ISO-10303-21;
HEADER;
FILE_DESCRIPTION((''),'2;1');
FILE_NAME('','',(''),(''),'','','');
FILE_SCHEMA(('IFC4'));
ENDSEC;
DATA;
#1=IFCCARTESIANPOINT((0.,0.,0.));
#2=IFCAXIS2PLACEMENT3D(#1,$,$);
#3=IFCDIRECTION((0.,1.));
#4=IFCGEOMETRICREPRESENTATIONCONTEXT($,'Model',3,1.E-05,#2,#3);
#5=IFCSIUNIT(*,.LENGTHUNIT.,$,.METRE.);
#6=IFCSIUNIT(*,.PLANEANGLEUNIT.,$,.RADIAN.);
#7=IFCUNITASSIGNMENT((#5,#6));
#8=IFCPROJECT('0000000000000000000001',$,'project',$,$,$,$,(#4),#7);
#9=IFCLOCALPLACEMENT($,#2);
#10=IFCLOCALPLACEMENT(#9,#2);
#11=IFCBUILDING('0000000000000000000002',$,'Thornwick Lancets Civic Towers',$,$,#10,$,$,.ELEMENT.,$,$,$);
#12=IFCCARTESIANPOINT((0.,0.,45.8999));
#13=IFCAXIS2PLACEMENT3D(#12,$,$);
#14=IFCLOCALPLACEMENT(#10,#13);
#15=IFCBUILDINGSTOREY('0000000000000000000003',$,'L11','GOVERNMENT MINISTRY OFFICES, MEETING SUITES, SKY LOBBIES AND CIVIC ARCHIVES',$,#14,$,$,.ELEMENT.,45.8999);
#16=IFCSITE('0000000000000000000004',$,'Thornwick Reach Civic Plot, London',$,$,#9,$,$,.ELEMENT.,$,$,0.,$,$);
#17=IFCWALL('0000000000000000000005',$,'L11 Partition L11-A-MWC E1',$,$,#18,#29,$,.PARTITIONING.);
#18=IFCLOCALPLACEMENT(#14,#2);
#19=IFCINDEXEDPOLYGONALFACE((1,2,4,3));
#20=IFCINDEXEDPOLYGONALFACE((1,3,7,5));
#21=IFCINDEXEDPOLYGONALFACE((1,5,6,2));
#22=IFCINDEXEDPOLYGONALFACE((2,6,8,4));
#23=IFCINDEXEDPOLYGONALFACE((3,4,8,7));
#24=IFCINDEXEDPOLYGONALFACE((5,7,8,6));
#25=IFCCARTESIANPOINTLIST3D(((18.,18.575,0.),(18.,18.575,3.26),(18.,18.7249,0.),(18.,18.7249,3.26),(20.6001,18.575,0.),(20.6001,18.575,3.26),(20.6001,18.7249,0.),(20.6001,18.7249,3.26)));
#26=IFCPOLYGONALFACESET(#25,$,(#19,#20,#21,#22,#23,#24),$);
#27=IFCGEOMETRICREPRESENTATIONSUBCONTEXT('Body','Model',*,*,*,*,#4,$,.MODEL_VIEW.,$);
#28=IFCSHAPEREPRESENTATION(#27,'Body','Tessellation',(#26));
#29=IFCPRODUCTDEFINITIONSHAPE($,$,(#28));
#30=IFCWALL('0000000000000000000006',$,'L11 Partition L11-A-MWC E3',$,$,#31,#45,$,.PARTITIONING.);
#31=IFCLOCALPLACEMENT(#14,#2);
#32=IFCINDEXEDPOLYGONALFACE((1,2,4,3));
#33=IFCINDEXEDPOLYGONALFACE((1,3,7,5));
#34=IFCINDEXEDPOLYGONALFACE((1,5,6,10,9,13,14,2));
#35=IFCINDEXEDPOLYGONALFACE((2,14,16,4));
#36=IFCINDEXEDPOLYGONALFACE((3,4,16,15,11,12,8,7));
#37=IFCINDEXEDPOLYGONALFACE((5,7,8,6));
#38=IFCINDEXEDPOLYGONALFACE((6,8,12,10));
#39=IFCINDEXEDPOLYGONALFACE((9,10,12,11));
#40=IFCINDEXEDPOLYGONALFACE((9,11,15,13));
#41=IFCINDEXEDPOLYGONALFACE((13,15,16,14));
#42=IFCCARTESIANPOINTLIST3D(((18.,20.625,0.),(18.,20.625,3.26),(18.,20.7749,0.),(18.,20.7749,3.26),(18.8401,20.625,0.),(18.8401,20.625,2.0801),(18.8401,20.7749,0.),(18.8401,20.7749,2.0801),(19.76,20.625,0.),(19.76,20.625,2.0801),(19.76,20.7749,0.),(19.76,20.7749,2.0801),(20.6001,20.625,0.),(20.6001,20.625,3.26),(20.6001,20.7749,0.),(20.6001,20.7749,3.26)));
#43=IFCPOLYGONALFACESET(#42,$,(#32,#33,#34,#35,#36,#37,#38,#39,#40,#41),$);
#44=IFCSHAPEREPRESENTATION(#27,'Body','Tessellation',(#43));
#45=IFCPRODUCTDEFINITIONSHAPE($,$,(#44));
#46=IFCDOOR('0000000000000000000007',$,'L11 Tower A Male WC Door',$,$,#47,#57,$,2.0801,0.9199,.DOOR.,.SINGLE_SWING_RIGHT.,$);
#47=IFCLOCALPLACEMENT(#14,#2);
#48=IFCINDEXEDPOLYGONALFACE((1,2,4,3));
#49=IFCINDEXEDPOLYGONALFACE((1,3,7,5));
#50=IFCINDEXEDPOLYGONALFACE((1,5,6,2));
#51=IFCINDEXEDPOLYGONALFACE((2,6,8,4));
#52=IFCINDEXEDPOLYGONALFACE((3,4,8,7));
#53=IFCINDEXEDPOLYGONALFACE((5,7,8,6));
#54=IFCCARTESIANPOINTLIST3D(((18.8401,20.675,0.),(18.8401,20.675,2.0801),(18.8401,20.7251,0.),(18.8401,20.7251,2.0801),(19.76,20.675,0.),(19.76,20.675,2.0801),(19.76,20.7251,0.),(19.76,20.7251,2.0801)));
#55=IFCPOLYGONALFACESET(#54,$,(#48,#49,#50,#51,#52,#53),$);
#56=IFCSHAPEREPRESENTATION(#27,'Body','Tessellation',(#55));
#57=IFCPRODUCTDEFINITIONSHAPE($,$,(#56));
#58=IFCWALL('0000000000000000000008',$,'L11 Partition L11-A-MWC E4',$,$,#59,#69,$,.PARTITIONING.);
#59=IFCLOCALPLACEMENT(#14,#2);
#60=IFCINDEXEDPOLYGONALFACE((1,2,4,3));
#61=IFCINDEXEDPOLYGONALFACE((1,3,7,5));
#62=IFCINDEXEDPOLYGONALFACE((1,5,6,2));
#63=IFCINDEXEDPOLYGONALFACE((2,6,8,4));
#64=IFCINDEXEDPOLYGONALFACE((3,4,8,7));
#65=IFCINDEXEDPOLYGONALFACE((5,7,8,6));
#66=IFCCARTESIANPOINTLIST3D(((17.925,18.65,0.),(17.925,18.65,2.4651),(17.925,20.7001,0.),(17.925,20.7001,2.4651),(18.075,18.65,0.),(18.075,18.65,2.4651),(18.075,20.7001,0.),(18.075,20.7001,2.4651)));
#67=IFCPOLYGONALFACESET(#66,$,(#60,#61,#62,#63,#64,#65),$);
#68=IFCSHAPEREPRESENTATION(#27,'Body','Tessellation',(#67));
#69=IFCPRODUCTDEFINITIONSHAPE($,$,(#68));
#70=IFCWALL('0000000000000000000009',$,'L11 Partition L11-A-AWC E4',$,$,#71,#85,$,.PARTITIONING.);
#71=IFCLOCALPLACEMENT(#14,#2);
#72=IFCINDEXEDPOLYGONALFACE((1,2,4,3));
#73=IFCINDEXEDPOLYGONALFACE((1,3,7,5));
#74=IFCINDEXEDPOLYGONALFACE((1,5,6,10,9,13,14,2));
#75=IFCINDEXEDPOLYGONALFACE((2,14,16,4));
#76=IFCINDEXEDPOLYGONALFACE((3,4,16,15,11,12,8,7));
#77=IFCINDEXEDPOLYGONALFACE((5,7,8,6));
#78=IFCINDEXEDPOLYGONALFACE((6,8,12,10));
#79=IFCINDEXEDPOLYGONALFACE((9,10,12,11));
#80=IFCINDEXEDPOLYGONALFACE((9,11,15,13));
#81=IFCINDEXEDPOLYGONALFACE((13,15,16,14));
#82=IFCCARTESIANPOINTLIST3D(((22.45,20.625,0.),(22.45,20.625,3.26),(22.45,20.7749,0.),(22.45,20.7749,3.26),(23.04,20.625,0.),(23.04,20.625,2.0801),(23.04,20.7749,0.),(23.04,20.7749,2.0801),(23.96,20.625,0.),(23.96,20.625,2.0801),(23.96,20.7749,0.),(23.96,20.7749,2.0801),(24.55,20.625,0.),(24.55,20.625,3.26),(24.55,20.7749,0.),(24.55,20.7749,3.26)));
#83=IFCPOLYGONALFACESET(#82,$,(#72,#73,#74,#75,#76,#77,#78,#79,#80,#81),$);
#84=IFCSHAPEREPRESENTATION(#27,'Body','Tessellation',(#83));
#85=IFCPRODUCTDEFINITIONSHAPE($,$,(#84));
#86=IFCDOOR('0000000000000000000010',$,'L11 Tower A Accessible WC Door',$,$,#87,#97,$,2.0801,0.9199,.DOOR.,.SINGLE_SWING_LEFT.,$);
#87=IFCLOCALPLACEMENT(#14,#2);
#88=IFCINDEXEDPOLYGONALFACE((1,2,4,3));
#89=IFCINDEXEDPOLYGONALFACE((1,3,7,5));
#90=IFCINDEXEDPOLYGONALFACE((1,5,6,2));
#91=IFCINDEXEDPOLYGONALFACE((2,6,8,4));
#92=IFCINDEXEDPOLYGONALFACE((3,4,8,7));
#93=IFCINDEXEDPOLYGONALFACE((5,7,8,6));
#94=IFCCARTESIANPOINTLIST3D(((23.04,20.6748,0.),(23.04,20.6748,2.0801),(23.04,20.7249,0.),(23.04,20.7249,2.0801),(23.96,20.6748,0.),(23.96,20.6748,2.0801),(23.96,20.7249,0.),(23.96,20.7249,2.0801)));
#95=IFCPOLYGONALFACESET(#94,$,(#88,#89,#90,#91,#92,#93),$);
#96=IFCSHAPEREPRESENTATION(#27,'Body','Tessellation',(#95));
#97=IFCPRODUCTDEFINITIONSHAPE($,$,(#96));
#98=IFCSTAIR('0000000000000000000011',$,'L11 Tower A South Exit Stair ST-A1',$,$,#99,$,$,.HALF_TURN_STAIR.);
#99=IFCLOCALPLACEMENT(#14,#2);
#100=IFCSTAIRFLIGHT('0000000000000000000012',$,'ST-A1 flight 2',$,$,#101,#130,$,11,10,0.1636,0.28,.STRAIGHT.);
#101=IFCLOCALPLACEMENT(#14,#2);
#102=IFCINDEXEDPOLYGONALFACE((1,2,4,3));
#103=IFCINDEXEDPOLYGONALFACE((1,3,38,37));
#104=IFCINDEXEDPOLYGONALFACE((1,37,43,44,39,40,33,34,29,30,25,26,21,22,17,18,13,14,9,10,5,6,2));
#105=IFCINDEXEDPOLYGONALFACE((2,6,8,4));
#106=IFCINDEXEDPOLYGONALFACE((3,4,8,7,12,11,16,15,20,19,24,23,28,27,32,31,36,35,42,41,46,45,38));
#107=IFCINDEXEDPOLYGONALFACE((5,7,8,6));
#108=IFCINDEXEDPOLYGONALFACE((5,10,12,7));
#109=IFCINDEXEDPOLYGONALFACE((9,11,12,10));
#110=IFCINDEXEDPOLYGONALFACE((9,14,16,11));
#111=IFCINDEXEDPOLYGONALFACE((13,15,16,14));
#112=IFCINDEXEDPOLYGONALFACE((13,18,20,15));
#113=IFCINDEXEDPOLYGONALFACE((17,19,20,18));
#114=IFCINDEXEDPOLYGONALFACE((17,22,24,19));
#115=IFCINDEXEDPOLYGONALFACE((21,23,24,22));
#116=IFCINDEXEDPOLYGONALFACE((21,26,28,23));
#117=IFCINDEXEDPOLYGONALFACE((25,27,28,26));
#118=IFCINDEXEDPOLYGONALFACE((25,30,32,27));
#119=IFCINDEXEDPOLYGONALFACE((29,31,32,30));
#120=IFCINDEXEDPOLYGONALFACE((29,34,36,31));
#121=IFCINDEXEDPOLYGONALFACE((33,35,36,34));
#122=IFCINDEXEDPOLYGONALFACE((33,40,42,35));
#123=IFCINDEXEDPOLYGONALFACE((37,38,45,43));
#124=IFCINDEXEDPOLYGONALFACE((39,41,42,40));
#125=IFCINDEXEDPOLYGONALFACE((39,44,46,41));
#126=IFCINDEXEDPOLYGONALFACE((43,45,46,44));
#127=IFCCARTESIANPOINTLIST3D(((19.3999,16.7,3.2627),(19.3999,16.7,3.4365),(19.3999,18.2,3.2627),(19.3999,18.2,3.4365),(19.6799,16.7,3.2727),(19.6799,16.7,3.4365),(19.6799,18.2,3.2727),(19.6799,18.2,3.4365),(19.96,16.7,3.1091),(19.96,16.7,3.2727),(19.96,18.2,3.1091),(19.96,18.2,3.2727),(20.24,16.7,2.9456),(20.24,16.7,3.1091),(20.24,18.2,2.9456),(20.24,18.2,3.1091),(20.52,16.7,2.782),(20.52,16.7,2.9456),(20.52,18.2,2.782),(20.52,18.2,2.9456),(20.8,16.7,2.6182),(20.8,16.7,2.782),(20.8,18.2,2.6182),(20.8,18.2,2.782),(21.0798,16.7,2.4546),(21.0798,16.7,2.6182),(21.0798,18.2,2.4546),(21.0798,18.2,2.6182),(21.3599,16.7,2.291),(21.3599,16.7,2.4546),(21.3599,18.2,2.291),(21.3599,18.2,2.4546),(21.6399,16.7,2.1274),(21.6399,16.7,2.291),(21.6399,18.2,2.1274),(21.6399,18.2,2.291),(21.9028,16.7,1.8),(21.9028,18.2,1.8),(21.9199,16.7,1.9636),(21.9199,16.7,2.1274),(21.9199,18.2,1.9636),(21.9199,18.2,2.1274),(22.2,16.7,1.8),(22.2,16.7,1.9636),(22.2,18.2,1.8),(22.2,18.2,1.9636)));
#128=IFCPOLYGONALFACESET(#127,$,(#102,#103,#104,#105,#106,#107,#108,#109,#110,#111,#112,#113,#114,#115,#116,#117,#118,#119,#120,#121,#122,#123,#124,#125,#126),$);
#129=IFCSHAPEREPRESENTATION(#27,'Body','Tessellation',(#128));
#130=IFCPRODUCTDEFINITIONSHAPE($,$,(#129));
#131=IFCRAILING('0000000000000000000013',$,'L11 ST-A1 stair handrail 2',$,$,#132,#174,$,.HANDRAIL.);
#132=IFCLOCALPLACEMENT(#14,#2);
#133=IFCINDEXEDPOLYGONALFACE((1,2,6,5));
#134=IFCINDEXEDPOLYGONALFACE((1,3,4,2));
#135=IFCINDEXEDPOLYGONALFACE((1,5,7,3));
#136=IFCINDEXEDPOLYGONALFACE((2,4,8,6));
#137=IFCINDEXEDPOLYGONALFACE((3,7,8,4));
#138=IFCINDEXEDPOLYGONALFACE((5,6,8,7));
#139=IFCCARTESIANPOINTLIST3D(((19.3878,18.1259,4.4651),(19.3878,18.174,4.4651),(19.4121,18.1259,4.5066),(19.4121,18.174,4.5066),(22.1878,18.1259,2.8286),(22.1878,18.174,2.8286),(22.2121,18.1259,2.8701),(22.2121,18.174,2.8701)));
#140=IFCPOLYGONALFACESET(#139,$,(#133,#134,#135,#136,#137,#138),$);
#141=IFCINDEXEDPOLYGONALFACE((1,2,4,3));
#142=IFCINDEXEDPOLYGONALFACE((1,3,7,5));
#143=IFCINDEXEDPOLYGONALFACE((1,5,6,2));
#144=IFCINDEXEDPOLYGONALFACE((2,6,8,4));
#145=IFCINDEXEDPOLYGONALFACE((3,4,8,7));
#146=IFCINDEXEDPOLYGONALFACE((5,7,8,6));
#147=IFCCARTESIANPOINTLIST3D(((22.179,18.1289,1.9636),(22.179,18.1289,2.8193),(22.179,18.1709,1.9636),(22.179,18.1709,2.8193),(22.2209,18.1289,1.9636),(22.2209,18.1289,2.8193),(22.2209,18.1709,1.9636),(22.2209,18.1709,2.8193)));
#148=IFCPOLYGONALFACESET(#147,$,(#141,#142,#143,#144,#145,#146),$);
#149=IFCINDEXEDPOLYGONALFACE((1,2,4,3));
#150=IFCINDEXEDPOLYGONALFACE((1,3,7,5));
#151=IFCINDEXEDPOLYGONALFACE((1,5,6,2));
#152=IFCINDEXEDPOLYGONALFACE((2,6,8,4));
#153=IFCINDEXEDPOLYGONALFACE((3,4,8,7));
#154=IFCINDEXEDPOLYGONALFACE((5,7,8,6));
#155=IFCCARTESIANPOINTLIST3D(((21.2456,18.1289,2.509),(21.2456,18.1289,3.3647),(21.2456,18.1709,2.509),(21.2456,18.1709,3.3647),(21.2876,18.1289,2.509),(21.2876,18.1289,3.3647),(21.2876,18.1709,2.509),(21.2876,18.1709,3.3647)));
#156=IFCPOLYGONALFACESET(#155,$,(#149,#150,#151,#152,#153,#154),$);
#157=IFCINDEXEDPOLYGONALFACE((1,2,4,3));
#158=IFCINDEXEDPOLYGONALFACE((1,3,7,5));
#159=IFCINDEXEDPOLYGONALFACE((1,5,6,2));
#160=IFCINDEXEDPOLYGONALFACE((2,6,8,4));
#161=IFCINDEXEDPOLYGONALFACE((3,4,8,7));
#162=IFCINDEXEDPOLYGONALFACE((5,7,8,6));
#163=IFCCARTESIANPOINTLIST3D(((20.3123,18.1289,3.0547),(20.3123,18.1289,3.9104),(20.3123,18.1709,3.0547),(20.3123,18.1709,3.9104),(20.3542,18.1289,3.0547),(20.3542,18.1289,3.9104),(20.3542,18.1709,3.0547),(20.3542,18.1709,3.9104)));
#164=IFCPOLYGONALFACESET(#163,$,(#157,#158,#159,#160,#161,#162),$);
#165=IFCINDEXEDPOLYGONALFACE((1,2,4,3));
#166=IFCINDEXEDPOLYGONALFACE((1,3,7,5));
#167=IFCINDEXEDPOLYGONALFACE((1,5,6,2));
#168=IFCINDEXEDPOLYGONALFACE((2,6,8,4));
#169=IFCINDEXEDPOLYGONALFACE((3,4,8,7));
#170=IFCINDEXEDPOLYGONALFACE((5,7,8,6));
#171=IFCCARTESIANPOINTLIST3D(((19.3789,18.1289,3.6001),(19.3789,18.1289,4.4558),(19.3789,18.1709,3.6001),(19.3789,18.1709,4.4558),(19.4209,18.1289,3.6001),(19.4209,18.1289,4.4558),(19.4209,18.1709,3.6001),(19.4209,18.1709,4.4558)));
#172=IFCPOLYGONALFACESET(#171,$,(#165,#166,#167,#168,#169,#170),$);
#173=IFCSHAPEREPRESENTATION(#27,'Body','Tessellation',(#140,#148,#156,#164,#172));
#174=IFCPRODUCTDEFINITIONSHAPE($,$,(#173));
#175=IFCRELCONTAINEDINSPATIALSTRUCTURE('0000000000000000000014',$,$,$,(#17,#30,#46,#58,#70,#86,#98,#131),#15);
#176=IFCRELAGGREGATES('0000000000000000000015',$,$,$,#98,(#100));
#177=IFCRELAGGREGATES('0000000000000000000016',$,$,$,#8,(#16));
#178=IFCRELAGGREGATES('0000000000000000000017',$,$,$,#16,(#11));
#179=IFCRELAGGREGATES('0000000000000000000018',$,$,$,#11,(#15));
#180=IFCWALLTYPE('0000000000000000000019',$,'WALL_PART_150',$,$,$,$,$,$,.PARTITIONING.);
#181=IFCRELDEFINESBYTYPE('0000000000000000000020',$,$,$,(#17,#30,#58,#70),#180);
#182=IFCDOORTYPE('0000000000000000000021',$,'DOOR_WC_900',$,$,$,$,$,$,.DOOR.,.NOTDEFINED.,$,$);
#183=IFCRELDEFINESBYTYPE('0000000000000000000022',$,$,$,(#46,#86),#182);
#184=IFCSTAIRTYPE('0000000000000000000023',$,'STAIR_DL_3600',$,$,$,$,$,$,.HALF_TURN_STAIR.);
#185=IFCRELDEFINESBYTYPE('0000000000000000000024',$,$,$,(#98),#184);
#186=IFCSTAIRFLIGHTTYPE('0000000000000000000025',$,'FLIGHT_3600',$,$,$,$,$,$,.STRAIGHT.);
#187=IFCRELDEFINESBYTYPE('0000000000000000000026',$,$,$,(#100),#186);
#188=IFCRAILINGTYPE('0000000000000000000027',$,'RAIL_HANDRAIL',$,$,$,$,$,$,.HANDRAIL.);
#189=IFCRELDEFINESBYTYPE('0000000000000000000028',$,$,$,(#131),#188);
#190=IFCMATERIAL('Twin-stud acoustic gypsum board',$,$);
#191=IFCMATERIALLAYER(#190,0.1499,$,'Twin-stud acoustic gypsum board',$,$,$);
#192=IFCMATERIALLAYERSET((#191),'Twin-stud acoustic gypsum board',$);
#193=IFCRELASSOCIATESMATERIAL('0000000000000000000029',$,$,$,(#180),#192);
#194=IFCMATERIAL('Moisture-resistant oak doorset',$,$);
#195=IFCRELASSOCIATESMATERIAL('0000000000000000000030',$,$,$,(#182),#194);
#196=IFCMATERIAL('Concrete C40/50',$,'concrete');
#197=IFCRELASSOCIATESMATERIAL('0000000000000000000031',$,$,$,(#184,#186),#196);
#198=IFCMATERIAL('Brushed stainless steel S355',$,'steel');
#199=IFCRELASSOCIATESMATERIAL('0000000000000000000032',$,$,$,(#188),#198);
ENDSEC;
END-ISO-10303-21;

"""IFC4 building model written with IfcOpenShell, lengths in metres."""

from ifc_helpers import new_model, si_unit, direction, frame, frame_2d, origin, origin_2d, place, context, subcontext, project, spatial, polyline, rectangle, outline, extrude, material, layer, layer_set, type_object, element, fill, aggregate, save


model = new_model("IFC4")

# Units and contexts
model_context = context("Model", 3, precision=1e-05, world=origin(), true_north=direction((0.0, 1.0)))
body_context = subcontext(model_context, "Body", "Model", "MODEL_VIEW")
ifc_project = project(units=[si_unit("LENGTHUNIT", "METRE"), si_unit("PLANEANGLEUNIT", "RADIAN")], contexts=[model_context])

# Site, building, storey
site_placement = place(None, origin())
site = spatial("IfcSite", under=ifc_project, at=site_placement, Name="Thornwick Reach Civic Plot, London", CompositionType="ELEMENT", RefElevation=0.0)
building_placement = place(site_placement, origin())
building = spatial("IfcBuilding", under=site, at=building_placement, Name="Thornwick Lancets Civic Towers", CompositionType="ELEMENT")
storey_placement = place(building_placement, frame((0.0, 0.0, 45.8999)))
storey = spatial("IfcBuildingStorey", under=building, at=storey_placement, Name="L11", Description="GOVERNMENT MINISTRY OFFICES, MEETING SUITES, SKY LOBBIES AND CIVIC ARCHIVES", CompositionType="ELEMENT", Elevation=45.8999)

# Wall
ifc_material_1 = material(Name="Twin-stud acoustic gypsum board")
ifc_layer_1 = layer(ifc_material_1, 0.1499, Name="Twin-stud acoustic gypsum board")
ifc_layer_set_1 = layer_set([ifc_layer_1], Name="Twin-stud acoustic gypsum board")
wall_type_1 = type_object("IfcWallType", Name="WALL_PART_150", PredefinedType="PARTITIONING", material=ifc_layer_set_1)
wall_1_placement = place(storey_placement, frame((18.0, 18.6499, 0.0), z_axis=(0.0, 0.0, 1.0), x_axis=(1.0, 0.0, 0.0)))
element("IfcWall", 1, at=wall_1_placement, inside=storey, type_object=wall_type_1, Name="L11 Partition L11-A-MWC E1", PredefinedType="PARTITIONING", context=body_context, shape_type="SweptSolid", body=[
    extrude(rectangle(XDim=2.6001, YDim=0.1499, at=frame_2d((1.3, 0.0))), origin(), (0.0, 0.0, 1.0), 3.26),
])

# Wall, opening, door
wall_2_placement = place(storey_placement, frame((20.6001, 20.7, 0.0), z_axis=(0.0, 0.0, 1.0), x_axis=(-1.0, 0.0, 0.0)))
wall_2 = element("IfcWall", 2, at=wall_2_placement, inside=storey, type_object=wall_type_1, Name="L11 Partition L11-A-MWC E3", PredefinedType="PARTITIONING", context=body_context, shape_type="SweptSolid", body=[
    extrude(rectangle(XDim=2.6001, YDim=0.1499, at=frame_2d((1.3, 0.0))), origin(), (0.0, 0.0, 1.0), 3.26),
])
opening_1_placement = place(wall_2_placement, frame((0.8401, 0.0, 0.0)))
opening_1 = element("IfcOpeningElement", 3, at=opening_1_placement, cuts=wall_2, PredefinedType="OPENING", context=body_context, shape_type="SweptSolid", body=[
    extrude(rectangle(XDim=0.9199, YDim=2.0801, at=frame_2d((0.46, 1.04))), frame((0.0, 0.085, 0.0), z_axis=(0.0, -1.0, 0.0), x_axis=(1.0, 0.0, 0.0)), (0.0, 0.0, 1.0), 0.1699),
])
ifc_material_2 = material(Name="Moisture-resistant oak doorset")
door_type_1 = type_object("IfcDoorType", Name="DOOR_WC_900", OperationType="NOTDEFINED", PredefinedType="DOOR", material=ifc_material_2)
door_1_placement = place(opening_1_placement, origin())
door_1 = element("IfcDoor", 4, at=door_1_placement, inside=storey, type_object=door_type_1, Name="L11 Tower A Male WC Door", OperationType="SINGLE_SWING_RIGHT", OverallHeight=2.0801, OverallWidth=0.9199, PredefinedType="DOOR", context=body_context, shape_type="SweptSolid", body=[
    extrude(rectangle(XDim=0.9199, YDim=2.0801, at=frame_2d((0.46, 1.04))), frame((0.0, 0.0249, 0.0), z_axis=(0.0, -1.0, 0.0), x_axis=(1.0, 0.0, 0.0)), (0.0, 0.0, 1.0), 0.05),
])
fill(opening_1, door_1)

# Wall
wall_3_placement = place(storey_placement, frame((18.0, 20.7, 0.0), z_axis=(0.0, 0.0, 1.0), x_axis=(0.0, -1.0, 0.0)))
element("IfcWall", 5, at=wall_3_placement, inside=storey, type_object=wall_type_1, Name="L11 Partition L11-A-MWC E4", PredefinedType="PARTITIONING", context=body_context, shape_type="SweptSolid", body=[
    extrude(rectangle(XDim=2.05, YDim=0.1499, at=frame_2d((1.0249, 0.0))), origin(), (0.0, 0.0, 1.0), 2.4651),
])

# Wall, opening, door
wall_4_placement = place(storey_placement, frame((22.45, 20.7, 0.0), z_axis=(0.0, 0.0, 1.0), x_axis=(1.0, 0.0, 0.0)))
wall_4 = element("IfcWall", 6, at=wall_4_placement, inside=storey, type_object=wall_type_1, Name="L11 Partition L11-A-AWC E4", PredefinedType="PARTITIONING", context=body_context, shape_type="SweptSolid", body=[
    extrude(rectangle(XDim=2.1001, YDim=0.1499, at=frame_2d((1.05, 0.0))), origin(), (0.0, 0.0, 1.0), 3.26),
])
opening_2_placement = place(wall_4_placement, frame((0.5901, 0.0, 0.0)))
opening_2 = element("IfcOpeningElement", 7, at=opening_2_placement, cuts=wall_4, PredefinedType="OPENING", context=body_context, shape_type="SweptSolid", body=[
    extrude(rectangle(XDim=0.9199, YDim=2.0801, at=frame_2d((0.46, 1.04))), frame((0.0, 0.085, 0.0), z_axis=(0.0, -1.0, 0.0), x_axis=(1.0, 0.0, 0.0)), (0.0, 0.0, 1.0), 0.1699),
])
door_2_placement = place(opening_2_placement, origin())
door_2 = element("IfcDoor", 8, at=door_2_placement, inside=storey, type_object=door_type_1, Name="L11 Tower A Accessible WC Door", OperationType="SINGLE_SWING_LEFT", OverallHeight=2.0801, OverallWidth=0.9199, PredefinedType="DOOR", context=body_context, shape_type="SweptSolid", body=[
    extrude(rectangle(XDim=0.9199, YDim=2.0801, at=frame_2d((0.46, 1.04))), frame((0.0, 0.0249, 0.0), z_axis=(0.0, -1.0, 0.0), x_axis=(1.0, 0.0, 0.0)), (0.0, 0.0, 1.0), 0.05),
])
fill(opening_2, door_2)

# Stair, stair flight
ifc_material_3 = material(Name="Concrete C40/50", Category="concrete")
stair_type = type_object("IfcStairType", Name="STAIR_DL_3600", PredefinedType="HALF_TURN_STAIR", material=ifc_material_3)
stair_placement = place(storey_placement, origin())
stair = element("IfcStair", 9, at=stair_placement, inside=storey, type_object=stair_type, Name="L11 Tower A South Exit Stair ST-A1", PredefinedType="HALF_TURN_STAIR")
stair_flight_type = type_object("IfcStairFlightType", Name="FLIGHT_3600", PredefinedType="STRAIGHT", material=ifc_material_3)
stair_flight_placement = place(storey_placement, frame((22.2, 17.45, 1.8), z_axis=(0.0, 0.0, 1.0), x_axis=(-1.0, 0.0, 0.0)))
stair_flight = element("IfcStairFlight", 10, at=stair_flight_placement, type_object=stair_flight_type, Name="ST-A1 flight 2", NumberOfRisers=11, NumberOfTreads=10, PredefinedType="STRAIGHT", RiserHeight=0.1636, TreadLength=0.28, context=body_context, shape_type="SweptSolid", body=[
    extrude(outline(polyline([(0.0, 0.0), (0.0, 0.1636), (0.28, 0.1636), (0.28, 0.3274), (0.5601, 0.3274), (0.5601, 0.491), (0.8401, 0.491), (0.8401, 0.6545), (1.1201, 0.6545), (1.1201, 0.8181), (1.3999, 0.8181), (1.3999, 0.9819), (1.6799, 0.9819), (1.6799, 1.1455), (1.96, 1.1455), (1.96, 1.3091), (2.24, 1.3091), (2.24, 1.4727), (2.52, 1.4727), (2.52, 1.6365), (2.8, 1.6365), (2.8, 1.8), (2.8, 1.4626), (0.2971, 0.0), (0.0, 0.0)])), frame((0.0, 0.75, 0.0), z_axis=(0.0, -1.0, 0.0), x_axis=(1.0, 0.0, 0.0)), (0.0, 0.0, 1.0), 1.5),
])
aggregate(stair, [stair_flight])

# Railing
ifc_material_4 = material(Name="Brushed stainless steel S355", Category="steel")
railing_type_1 = type_object("IfcRailingType", Name="RAIL_HANDRAIL", PredefinedType="HANDRAIL", material=ifc_material_4)
railing_1_placement = place(storey_placement, frame((22.2, 18.1499, 1.9636)))
element("IfcRailing", 11, at=railing_1_placement, inside=storey, type_object=railing_type_1, Name="L11 ST-A1 stair handrail 2", PredefinedType="HANDRAIL", context=body_context, shape_type="SweptSolid", body=[
    extrude(rectangle(XDim=0.0481, YDim=0.0481, at=origin_2d()), frame((0.0, 0.0, 0.8857), z_axis=(-0.863361, 0.0, 0.504587), x_axis=(0.0, -1.0, 0.0)), (0.0, 0.0, 1.0), 3.2432),
    extrude(rectangle(XDim=0.042, YDim=0.042, at=origin_2d()), origin(), (0.0, 0.0, 1.0), 0.8557),
    extrude(rectangle(XDim=0.042, YDim=0.042, at=origin_2d()), frame((-0.9333, 0.0, 0.5454)), (0.0, 0.0, 1.0), 0.8557),
    extrude(rectangle(XDim=0.042, YDim=0.042, at=origin_2d()), frame((-1.8667, 0.0, 1.0911)), (0.0, 0.0, 1.0), 0.8557),
    extrude(rectangle(XDim=0.042, YDim=0.042, at=origin_2d()), frame((-2.8, 0.0, 1.6365)), (0.0, 0.0, 1.0), 0.8557),
])

save(model, "model.ifc")
